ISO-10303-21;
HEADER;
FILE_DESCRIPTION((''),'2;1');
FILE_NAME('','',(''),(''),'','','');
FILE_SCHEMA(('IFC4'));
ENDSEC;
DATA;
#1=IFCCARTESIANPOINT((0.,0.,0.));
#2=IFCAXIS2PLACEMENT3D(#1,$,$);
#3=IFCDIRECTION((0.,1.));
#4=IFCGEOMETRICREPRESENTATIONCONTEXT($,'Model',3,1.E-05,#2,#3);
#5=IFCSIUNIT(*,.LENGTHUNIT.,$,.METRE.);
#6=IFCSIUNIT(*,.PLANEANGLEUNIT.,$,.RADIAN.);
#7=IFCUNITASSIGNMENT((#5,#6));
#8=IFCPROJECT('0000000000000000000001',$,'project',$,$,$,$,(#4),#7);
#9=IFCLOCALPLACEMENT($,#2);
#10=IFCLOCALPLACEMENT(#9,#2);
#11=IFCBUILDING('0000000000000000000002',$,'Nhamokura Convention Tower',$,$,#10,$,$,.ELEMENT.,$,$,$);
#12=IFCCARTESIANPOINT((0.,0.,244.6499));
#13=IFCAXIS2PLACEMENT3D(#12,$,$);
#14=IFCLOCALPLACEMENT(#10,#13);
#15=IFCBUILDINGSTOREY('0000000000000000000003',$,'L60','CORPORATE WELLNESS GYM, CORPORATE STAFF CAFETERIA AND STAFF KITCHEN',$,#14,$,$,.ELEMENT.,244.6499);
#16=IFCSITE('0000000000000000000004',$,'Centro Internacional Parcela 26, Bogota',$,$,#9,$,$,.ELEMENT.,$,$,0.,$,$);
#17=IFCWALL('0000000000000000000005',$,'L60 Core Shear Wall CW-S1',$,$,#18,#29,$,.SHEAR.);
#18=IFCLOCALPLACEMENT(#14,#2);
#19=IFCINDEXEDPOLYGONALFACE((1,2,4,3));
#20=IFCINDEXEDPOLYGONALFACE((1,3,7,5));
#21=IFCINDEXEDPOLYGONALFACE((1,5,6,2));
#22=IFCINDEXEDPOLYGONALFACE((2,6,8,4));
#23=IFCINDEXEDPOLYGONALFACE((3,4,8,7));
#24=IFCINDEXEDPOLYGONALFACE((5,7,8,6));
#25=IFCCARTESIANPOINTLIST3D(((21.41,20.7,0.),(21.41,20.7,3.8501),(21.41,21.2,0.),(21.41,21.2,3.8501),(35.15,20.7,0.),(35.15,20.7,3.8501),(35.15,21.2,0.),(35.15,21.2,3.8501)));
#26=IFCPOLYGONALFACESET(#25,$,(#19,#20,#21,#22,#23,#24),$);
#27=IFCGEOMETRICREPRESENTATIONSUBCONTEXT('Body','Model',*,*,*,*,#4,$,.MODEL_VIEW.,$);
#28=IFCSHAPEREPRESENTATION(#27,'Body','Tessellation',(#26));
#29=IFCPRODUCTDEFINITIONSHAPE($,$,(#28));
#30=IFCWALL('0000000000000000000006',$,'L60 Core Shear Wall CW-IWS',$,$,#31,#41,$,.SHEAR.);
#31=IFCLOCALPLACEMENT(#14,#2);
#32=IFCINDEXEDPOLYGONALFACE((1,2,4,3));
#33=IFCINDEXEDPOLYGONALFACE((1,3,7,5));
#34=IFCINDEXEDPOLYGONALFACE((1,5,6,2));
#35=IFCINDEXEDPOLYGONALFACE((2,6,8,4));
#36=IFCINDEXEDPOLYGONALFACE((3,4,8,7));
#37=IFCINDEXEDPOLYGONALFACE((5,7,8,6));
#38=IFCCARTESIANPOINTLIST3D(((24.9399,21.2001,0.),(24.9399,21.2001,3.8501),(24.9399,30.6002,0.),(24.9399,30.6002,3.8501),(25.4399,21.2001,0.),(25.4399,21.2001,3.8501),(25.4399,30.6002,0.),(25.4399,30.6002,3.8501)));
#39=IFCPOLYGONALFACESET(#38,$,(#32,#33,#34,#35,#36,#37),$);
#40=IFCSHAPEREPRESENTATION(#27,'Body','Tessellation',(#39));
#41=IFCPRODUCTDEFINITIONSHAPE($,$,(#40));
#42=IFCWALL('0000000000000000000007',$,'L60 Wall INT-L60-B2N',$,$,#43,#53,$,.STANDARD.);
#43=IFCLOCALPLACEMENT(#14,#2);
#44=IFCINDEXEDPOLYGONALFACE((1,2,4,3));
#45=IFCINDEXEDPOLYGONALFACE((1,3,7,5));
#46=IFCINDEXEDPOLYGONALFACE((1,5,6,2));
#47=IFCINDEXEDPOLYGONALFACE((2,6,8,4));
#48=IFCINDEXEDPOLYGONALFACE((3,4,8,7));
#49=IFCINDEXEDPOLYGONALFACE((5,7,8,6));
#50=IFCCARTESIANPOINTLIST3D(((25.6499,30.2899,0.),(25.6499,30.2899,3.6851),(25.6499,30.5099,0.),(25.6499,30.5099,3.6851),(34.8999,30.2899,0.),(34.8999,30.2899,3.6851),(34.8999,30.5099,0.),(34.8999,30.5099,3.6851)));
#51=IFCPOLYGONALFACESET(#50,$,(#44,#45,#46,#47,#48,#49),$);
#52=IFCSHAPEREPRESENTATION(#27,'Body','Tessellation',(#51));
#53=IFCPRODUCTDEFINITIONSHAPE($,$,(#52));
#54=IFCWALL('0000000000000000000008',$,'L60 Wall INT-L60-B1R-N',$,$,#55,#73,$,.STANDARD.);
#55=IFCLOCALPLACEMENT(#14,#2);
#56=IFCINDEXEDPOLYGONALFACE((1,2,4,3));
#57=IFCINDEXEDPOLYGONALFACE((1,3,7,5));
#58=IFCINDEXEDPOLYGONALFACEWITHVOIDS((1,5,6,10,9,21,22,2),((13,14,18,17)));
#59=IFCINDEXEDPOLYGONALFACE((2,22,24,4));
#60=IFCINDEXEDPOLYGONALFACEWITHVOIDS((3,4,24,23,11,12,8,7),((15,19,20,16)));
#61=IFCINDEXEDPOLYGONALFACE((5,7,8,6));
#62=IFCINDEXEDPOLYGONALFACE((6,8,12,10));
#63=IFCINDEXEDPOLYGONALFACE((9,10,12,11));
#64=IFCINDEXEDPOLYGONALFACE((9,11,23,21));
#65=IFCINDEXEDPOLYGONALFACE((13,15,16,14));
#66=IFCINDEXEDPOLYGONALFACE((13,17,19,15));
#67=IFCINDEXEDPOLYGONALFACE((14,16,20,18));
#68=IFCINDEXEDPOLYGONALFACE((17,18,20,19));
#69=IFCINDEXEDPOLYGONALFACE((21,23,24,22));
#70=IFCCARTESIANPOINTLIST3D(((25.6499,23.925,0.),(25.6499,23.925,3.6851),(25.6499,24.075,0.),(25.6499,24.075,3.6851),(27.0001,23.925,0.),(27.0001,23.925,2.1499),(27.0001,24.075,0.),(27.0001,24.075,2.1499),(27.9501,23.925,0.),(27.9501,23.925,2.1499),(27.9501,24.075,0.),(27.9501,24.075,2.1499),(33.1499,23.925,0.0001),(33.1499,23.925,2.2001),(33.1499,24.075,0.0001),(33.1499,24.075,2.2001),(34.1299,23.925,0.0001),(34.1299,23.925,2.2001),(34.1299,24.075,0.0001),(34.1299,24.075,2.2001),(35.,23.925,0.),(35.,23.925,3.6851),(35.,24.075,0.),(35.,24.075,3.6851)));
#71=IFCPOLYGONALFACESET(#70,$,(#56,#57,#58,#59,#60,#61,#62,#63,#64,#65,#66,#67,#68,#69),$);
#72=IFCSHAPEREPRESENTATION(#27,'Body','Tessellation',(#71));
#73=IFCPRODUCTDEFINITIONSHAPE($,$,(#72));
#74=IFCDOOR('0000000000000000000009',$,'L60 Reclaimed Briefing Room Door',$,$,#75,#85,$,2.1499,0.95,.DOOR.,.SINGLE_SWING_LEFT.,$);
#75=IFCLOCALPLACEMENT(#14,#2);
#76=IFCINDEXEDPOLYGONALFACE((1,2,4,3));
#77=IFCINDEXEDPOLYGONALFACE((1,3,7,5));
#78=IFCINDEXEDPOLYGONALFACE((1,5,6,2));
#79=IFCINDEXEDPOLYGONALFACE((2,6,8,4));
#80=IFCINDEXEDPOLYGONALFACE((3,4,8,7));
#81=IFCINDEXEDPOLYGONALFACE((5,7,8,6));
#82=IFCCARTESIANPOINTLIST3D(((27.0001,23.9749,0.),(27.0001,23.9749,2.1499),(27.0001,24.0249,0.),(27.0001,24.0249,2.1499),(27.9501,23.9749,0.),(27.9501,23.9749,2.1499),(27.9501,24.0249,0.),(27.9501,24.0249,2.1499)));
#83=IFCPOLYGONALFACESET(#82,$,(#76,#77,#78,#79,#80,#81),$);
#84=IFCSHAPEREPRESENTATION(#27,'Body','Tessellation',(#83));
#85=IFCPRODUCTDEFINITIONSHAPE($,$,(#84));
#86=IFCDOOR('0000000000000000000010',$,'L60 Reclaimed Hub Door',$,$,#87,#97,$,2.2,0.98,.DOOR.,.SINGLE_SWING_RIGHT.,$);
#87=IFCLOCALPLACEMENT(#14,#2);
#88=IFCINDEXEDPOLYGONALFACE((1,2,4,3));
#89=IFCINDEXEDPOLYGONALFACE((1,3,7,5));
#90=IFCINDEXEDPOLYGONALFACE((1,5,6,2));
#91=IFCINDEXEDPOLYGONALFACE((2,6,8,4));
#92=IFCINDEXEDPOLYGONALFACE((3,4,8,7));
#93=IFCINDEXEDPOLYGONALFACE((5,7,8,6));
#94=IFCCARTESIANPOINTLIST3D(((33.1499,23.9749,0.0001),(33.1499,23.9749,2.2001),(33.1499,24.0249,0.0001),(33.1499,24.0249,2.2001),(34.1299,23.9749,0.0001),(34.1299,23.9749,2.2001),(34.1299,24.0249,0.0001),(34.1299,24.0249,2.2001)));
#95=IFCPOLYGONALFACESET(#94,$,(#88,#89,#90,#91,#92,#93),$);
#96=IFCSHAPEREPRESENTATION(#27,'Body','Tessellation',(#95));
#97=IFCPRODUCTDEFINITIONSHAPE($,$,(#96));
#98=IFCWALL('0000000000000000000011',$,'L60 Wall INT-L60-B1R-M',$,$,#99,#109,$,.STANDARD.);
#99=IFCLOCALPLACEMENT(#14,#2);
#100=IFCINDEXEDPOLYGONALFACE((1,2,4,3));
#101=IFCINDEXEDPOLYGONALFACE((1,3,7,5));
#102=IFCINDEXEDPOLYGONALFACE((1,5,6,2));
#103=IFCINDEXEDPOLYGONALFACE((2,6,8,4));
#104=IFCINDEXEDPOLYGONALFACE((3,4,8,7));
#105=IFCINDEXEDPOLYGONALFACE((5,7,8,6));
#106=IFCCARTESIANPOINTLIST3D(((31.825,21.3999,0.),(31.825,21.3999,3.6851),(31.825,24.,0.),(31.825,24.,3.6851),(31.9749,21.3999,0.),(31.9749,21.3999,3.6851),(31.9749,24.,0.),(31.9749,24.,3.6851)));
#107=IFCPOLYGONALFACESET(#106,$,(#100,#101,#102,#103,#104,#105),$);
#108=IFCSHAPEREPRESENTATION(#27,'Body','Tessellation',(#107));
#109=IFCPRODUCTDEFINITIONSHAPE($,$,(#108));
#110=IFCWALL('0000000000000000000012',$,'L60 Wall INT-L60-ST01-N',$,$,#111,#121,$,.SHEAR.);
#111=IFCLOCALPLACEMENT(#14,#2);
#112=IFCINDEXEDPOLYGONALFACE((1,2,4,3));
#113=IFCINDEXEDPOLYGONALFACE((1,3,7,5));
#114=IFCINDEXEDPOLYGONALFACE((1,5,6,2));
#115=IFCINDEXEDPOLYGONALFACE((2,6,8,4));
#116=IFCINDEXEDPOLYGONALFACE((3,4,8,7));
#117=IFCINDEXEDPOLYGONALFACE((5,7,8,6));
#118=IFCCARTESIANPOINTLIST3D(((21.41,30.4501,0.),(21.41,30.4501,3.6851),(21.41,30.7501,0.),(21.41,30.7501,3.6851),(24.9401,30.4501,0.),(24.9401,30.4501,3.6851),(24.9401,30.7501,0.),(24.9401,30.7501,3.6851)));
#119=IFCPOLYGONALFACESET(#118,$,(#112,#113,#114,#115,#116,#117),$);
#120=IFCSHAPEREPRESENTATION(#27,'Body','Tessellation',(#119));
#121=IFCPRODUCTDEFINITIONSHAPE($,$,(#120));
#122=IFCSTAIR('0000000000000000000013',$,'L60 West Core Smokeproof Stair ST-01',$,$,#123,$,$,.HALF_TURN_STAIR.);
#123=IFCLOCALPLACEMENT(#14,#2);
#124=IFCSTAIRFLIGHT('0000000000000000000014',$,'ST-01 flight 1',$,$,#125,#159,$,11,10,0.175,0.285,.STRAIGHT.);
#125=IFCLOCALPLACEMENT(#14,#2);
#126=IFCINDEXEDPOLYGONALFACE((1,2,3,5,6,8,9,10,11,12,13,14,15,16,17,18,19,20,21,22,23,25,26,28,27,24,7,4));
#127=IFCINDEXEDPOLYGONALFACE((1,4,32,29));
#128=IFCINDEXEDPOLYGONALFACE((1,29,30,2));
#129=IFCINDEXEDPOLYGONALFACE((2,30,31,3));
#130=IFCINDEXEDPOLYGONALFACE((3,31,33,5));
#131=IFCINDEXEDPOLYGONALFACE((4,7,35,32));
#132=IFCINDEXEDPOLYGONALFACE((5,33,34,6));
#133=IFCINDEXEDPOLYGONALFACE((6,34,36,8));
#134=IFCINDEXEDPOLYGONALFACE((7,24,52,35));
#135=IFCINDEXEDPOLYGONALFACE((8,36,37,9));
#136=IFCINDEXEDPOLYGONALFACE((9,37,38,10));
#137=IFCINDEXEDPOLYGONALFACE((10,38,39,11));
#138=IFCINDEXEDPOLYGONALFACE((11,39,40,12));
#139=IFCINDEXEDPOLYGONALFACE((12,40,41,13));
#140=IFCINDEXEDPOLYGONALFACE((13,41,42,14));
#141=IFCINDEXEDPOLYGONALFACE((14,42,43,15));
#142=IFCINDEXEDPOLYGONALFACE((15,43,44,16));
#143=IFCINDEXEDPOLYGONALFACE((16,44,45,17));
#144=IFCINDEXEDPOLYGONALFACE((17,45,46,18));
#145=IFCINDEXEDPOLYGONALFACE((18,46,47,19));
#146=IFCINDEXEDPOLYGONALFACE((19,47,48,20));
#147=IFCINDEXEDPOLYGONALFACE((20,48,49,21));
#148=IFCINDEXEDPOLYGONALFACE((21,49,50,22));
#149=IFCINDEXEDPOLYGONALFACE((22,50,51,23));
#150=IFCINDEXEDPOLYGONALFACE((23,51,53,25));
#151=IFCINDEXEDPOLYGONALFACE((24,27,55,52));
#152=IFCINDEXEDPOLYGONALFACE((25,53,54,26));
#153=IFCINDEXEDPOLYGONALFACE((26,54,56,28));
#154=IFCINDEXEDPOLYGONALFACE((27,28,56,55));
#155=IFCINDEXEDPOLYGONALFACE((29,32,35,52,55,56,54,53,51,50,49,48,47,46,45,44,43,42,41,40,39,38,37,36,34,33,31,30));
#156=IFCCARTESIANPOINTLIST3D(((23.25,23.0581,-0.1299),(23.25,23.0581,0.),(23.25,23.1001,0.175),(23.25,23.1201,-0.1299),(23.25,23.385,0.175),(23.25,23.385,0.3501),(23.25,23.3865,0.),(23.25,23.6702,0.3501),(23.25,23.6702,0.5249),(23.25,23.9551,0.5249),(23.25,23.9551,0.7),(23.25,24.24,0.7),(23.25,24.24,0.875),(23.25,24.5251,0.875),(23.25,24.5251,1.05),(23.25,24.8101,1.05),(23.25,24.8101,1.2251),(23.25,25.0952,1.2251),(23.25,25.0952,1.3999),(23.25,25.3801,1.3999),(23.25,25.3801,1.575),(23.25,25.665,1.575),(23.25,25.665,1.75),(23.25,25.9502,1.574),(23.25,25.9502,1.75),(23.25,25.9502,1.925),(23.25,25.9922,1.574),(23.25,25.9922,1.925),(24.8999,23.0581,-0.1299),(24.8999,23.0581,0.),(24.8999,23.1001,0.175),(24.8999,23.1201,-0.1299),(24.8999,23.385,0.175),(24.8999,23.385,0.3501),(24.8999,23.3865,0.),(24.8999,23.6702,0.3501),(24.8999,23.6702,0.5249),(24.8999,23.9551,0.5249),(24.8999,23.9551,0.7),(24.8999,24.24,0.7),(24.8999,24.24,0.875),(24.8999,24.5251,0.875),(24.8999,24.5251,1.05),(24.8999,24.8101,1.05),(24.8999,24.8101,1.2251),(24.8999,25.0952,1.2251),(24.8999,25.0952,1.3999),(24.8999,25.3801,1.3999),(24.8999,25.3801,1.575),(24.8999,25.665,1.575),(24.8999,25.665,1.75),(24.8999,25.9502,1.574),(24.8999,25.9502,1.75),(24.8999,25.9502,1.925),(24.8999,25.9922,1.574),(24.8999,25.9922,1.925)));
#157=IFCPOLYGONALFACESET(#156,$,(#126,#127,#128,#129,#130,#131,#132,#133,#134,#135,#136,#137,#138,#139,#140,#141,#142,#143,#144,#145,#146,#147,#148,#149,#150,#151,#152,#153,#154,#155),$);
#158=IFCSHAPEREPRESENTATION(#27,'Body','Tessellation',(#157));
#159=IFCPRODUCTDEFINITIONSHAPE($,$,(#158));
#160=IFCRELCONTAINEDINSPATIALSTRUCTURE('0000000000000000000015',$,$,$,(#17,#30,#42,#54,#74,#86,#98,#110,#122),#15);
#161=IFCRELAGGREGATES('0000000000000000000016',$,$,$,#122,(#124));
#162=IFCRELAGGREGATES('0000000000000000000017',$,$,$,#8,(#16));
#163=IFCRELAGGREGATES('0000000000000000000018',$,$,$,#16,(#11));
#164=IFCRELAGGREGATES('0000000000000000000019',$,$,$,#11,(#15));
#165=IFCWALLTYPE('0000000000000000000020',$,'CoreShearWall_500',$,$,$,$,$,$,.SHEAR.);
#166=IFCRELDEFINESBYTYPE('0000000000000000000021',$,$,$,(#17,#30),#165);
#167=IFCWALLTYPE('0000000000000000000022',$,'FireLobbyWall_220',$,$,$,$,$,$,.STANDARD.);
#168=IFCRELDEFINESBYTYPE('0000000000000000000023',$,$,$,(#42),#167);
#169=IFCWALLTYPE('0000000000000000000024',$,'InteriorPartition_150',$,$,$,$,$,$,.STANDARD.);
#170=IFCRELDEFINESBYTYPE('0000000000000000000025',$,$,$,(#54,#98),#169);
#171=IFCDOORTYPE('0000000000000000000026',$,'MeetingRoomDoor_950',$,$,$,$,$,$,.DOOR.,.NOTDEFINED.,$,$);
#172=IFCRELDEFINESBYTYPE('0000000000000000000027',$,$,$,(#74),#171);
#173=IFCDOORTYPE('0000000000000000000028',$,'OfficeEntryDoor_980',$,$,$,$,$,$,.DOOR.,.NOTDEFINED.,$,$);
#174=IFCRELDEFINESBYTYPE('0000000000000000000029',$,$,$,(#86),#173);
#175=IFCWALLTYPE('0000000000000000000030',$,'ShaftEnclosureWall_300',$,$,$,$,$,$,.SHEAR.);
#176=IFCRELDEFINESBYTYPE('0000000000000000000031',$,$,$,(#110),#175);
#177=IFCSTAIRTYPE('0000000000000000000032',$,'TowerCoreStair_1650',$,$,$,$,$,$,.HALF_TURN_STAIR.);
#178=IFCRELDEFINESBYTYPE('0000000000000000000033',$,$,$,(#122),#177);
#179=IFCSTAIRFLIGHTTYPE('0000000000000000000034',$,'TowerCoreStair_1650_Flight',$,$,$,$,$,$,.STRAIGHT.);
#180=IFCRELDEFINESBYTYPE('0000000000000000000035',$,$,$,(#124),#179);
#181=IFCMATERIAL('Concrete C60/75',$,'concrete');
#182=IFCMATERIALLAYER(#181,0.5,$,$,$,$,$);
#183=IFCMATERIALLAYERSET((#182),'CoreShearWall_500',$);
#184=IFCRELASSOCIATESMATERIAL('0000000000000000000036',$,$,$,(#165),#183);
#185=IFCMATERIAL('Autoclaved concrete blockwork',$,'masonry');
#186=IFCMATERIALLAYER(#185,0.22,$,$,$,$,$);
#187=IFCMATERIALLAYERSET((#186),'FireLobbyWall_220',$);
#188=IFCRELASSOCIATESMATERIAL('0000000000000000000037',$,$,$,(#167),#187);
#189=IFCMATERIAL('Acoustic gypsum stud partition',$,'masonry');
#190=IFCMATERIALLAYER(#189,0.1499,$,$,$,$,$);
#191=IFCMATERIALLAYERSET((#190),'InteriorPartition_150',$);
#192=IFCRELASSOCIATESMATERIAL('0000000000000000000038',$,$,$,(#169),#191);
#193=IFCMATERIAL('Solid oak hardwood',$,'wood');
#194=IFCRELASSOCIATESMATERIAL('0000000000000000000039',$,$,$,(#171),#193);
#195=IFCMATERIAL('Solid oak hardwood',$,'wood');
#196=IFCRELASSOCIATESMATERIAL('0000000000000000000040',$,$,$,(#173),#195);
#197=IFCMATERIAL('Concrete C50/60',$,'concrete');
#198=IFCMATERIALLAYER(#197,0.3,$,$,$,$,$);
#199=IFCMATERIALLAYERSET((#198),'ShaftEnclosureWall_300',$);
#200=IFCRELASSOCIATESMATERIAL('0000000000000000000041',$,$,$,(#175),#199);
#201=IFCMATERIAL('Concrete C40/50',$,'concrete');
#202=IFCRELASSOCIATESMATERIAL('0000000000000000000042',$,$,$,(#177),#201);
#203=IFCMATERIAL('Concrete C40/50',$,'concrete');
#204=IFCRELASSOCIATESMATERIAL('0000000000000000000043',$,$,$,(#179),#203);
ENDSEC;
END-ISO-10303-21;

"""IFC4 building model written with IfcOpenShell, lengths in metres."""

from ifc_helpers import new_model, si_unit, direction, frame, frame_2d, origin, place, context, subcontext, project, spatial, polyline, rectangle, outline, extrude, material, layer, layer_set, type_object, element, fill, aggregate, save


model = new_model("IFC4")

# Units and contexts
model_context = context("Model", 3, precision=1e-05, world=origin(), true_north=direction((0.0, 1.0)))
body_context = subcontext(model_context, "Body", "Model", "MODEL_VIEW")
ifc_project = project(units=[si_unit("LENGTHUNIT", "METRE"), si_unit("PLANEANGLEUNIT", "RADIAN")], contexts=[model_context])

# Site, building, storey
site_placement = place(None, origin())
site = spatial("IfcSite", under=ifc_project, at=site_placement, Name="Centro Internacional Parcela 26, Bogota", CompositionType="ELEMENT", RefElevation=0.0)
building_placement = place(site_placement, origin())
building = spatial("IfcBuilding", under=site, at=building_placement, Name="Nhamokura Convention Tower", CompositionType="ELEMENT")
storey_placement = place(building_placement, frame((0.0, 0.0, 244.6499)))
storey = spatial("IfcBuildingStorey", under=building, at=storey_placement, Name="L60", Description="CORPORATE WELLNESS GYM, CORPORATE STAFF CAFETERIA AND STAFF KITCHEN", CompositionType="ELEMENT", Elevation=244.6499)

# Shared definitions
ifc_material_1 = material(Name="Concrete C60/75", Category="concrete")
ifc_layer_1 = layer(ifc_material_1, 0.5)
ifc_layer_set_1 = layer_set([ifc_layer_1], Name="CoreShearWall_500")
wall_type_1 = type_object("IfcWallType", Name="CoreShearWall_500", PredefinedType="SHEAR", material=ifc_layer_set_1)

# Walls
wall_1_placement = place(storey_placement, frame((21.4099, 20.95, 0.0), z_axis=(0.0, 0.0, 1.0), x_axis=(1.0, 0.0, 0.0)))
element("IfcWall", 1, at=wall_1_placement, inside=storey, type_object=wall_type_1, Name="L60 Core Shear Wall CW-S1", PredefinedType="SHEAR", context=body_context, shape_type="SweptSolid", body=[
    extrude(rectangle(XDim=13.74, YDim=0.5, at=frame_2d((6.8701, 0.0))), origin(), (0.0, 0.0, 1.0), 3.8501),
])
wall_2_placement = place(storey_placement, frame((25.1899, 21.2, 0.0), z_axis=(0.0, 0.0, 1.0), x_axis=(0.0, 1.0, 0.0)))
element("IfcWall", 2, at=wall_2_placement, inside=storey, type_object=wall_type_1, Name="L60 Core Shear Wall CW-IWS", PredefinedType="SHEAR", context=body_context, shape_type="SweptSolid", body=[
    extrude(rectangle(XDim=9.4001, YDim=0.5, at=frame_2d((4.7002, 0.0))), origin(), (0.0, 0.0, 1.0), 3.8501),
])

# Shared definitions
ifc_material_2 = material(Name="Autoclaved concrete blockwork", Category="masonry")
ifc_layer_2 = layer(ifc_material_2, 0.22)
ifc_layer_set_2 = layer_set([ifc_layer_2], Name="FireLobbyWall_220")
wall_type_2 = type_object("IfcWallType", Name="FireLobbyWall_220", PredefinedType="STANDARD", material=ifc_layer_set_2)

# Wall
wall_3_placement = place(storey_placement, frame((25.6499, 30.3999, 0.0), z_axis=(0.0, 0.0, 1.0), x_axis=(1.0, 0.0, 0.0)))
element("IfcWall", 3, at=wall_3_placement, inside=storey, type_object=wall_type_2, Name="L60 Wall INT-L60-B2N", PredefinedType="STANDARD", context=body_context, shape_type="SweptSolid", body=[
    extrude(rectangle(XDim=9.25, YDim=0.22, at=frame_2d((4.625, 0.0))), origin(), (0.0, 0.0, 1.0), 3.6851),
])

# Wall, openings, doors
ifc_material_3 = material(Name="Acoustic gypsum stud partition", Category="masonry")
ifc_layer_3 = layer(ifc_material_3, 0.1499)
ifc_layer_set_3 = layer_set([ifc_layer_3], Name="InteriorPartition_150")
wall_type_3 = type_object("IfcWallType", Name="InteriorPartition_150", PredefinedType="STANDARD", material=ifc_layer_set_3)
wall_4_placement = place(storey_placement, frame((25.6499, 24.0, 0.0), z_axis=(0.0, 0.0, 1.0), x_axis=(1.0, 0.0, 0.0)))
wall_4 = element("IfcWall", 4, at=wall_4_placement, inside=storey, type_object=wall_type_3, Name="L60 Wall INT-L60-B1R-N", PredefinedType="STANDARD", context=body_context, shape_type="SweptSolid", body=[
    extrude(rectangle(XDim=9.3501, YDim=0.1499, at=frame_2d((4.675, 0.0))), origin(), (0.0, 0.0, 1.0), 3.6851),
])
opening_1_placement = place(wall_4_placement, frame((1.3501, 0.0, 0.0)))
opening_1 = element("IfcOpeningElement", 5, at=opening_1_placement, cuts=wall_4, PredefinedType="OPENING", context=body_context, shape_type="SweptSolid", body=[
    extrude(rectangle(XDim=0.95, YDim=2.1499, at=frame_2d((0.4751, 1.075))), frame((0.0, 0.085, 0.0), z_axis=(0.0, -1.0, 0.0), x_axis=(1.0, 0.0, 0.0)), (0.0, 0.0, 1.0), 0.1699),
])
opening_2_placement = place(wall_4_placement, frame((7.5, 0.0, 0.0)))
opening_2 = element("IfcOpeningElement", 6, at=opening_2_placement, cuts=wall_4, PredefinedType="OPENING", context=body_context, shape_type="SweptSolid", body=[
    extrude(rectangle(XDim=0.98, YDim=2.2, at=frame_2d((0.49, 1.1001))), frame((0.0, 0.085, 0.0), z_axis=(0.0, -1.0, 0.0), x_axis=(1.0, 0.0, 0.0)), (0.0, 0.0, 1.0), 0.1699),
])
ifc_material_4 = material(Name="Solid oak hardwood", Category="wood")
door_type_1 = type_object("IfcDoorType", Name="MeetingRoomDoor_950", OperationType="NOTDEFINED", PredefinedType="DOOR", material=ifc_material_4)
door_1_placement = place(opening_1_placement, origin())
door_1 = element("IfcDoor", 7, at=door_1_placement, inside=storey, type_object=door_type_1, Name="L60 Reclaimed Briefing Room Door", OperationType="SINGLE_SWING_LEFT", OverallHeight=2.1499, OverallWidth=0.95, PredefinedType="DOOR", context=body_context, shape_type="SweptSolid", body=[
    extrude(rectangle(XDim=0.95, YDim=2.1499, at=frame_2d((0.4751, 1.075))), frame((0.0, 0.0249, 0.0), z_axis=(0.0, -1.0, 0.0), x_axis=(1.0, 0.0, 0.0)), (0.0, 0.0, 1.0), 0.05),
])
fill(opening_1, door_1)
ifc_material_5 = material(Name="Solid oak hardwood", Category="wood")
door_type_2 = type_object("IfcDoorType", Name="OfficeEntryDoor_980", OperationType="NOTDEFINED", PredefinedType="DOOR", material=ifc_material_5)
door_2_placement = place(opening_2_placement, origin())
door_2 = element("IfcDoor", 8, at=door_2_placement, inside=storey, type_object=door_type_2, Name="L60 Reclaimed Hub Door", OperationType="SINGLE_SWING_RIGHT", OverallHeight=2.2, OverallWidth=0.98, PredefinedType="DOOR", context=body_context, shape_type="SweptSolid", body=[
    extrude(rectangle(XDim=0.98, YDim=2.2, at=frame_2d((0.49, 1.1001))), frame((0.0, 0.0249, 0.0), z_axis=(0.0, -1.0, 0.0), x_axis=(1.0, 0.0, 0.0)), (0.0, 0.0, 1.0), 0.05),
])
fill(opening_2, door_2)

# Walls
wall_5_placement = place(storey_placement, frame((31.8999, 21.3999, 0.0), z_axis=(0.0, 0.0, 1.0), x_axis=(0.0, 1.0, 0.0)))
element("IfcWall", 9, at=wall_5_placement, inside=storey, type_object=wall_type_3, Name="L60 Wall INT-L60-B1R-M", PredefinedType="STANDARD", context=body_context, shape_type="SweptSolid", body=[
    extrude(rectangle(XDim=2.6001, YDim=0.1499, at=frame_2d((1.3, 0.0))), origin(), (0.0, 0.0, 1.0), 3.6851),
])
ifc_material_6 = material(Name="Concrete C50/60", Category="concrete")
ifc_layer_4 = layer(ifc_material_6, 0.3)
ifc_layer_set_4 = layer_set([ifc_layer_4], Name="ShaftEnclosureWall_300")
wall_type_4 = type_object("IfcWallType", Name="ShaftEnclosureWall_300", PredefinedType="SHEAR", material=ifc_layer_set_4)
wall_6_placement = place(storey_placement, frame((21.4099, 30.6001, 0.0), z_axis=(0.0, 0.0, 1.0), x_axis=(1.0, 0.0, 0.0)))
element("IfcWall", 10, at=wall_6_placement, inside=storey, type_object=wall_type_4, Name="L60 Wall INT-L60-ST01-N", PredefinedType="SHEAR", context=body_context, shape_type="SweptSolid", body=[
    extrude(rectangle(XDim=3.53, YDim=0.3, at=frame_2d((1.7651, 0.0))), origin(), (0.0, 0.0, 1.0), 3.6851),
])

# Stair, stair flight
ifc_material_7 = material(Name="Concrete C40/50", Category="concrete")
stair_type = type_object("IfcStairType", Name="TowerCoreStair_1650", PredefinedType="HALF_TURN_STAIR", material=ifc_material_7)
stair_placement = place(storey_placement, origin())
stair = element("IfcStair", 11, at=stair_placement, inside=storey, type_object=stair_type, Name="L60 West Core Smokeproof Stair ST-01", PredefinedType="HALF_TURN_STAIR")
ifc_material_8 = material(Name="Concrete C40/50", Category="concrete")
stair_flight_type = type_object("IfcStairFlightType", Name="TowerCoreStair_1650_Flight", PredefinedType="STRAIGHT", material=ifc_material_8)
stair_flight_1_placement = place(storey_placement, frame((24.075, 23.1001, 0.0), z_axis=(0.0, 0.0, 1.0), x_axis=(0.0, 1.0, 0.0)))
stair_flight_1 = element("IfcStairFlight", 12, at=stair_flight_1_placement, type_object=stair_flight_type, Name="ST-01 flight 1", NumberOfRisers=11, NumberOfTreads=10, PredefinedType="STRAIGHT", RiserHeight=0.175, TreadLength=0.285, context=body_context, shape_type="SweptSolid", body=[
    extrude(outline(polyline([(-0.042, 0.0), (0.0, 0.175), (0.2849, 0.175), (0.2849, 0.3501), (0.5701, 0.3501), (0.5701, 0.5249), (0.855, 0.5249), (0.855, 0.7), (1.1399, 0.7), (1.1399, 0.875), (1.425, 0.875), (1.425, 1.05), (1.71, 1.05), (1.71, 1.2251), (1.9951, 1.2251), (1.9951, 1.3999), (2.28, 1.3999), (2.28, 1.575), (2.5649, 1.575), (2.5649, 1.75), (2.8501, 1.75), (2.8501, 1.925), (2.8921, 1.925), (2.8921, 1.574), (2.8501, 1.574), (0.2864, 0.0), (0.02, -0.1299), (-0.042, -0.1299), (-0.042, 0.0)])), frame((0.0, 0.825, 0.0), z_axis=(0.0, -1.0, 0.0), x_axis=(1.0, 0.0, 0.0)), (0.0, 0.0, 1.0), 1.6499),
])
aggregate(stair, [stair_flight_1])

save(model, "model.ifc")
